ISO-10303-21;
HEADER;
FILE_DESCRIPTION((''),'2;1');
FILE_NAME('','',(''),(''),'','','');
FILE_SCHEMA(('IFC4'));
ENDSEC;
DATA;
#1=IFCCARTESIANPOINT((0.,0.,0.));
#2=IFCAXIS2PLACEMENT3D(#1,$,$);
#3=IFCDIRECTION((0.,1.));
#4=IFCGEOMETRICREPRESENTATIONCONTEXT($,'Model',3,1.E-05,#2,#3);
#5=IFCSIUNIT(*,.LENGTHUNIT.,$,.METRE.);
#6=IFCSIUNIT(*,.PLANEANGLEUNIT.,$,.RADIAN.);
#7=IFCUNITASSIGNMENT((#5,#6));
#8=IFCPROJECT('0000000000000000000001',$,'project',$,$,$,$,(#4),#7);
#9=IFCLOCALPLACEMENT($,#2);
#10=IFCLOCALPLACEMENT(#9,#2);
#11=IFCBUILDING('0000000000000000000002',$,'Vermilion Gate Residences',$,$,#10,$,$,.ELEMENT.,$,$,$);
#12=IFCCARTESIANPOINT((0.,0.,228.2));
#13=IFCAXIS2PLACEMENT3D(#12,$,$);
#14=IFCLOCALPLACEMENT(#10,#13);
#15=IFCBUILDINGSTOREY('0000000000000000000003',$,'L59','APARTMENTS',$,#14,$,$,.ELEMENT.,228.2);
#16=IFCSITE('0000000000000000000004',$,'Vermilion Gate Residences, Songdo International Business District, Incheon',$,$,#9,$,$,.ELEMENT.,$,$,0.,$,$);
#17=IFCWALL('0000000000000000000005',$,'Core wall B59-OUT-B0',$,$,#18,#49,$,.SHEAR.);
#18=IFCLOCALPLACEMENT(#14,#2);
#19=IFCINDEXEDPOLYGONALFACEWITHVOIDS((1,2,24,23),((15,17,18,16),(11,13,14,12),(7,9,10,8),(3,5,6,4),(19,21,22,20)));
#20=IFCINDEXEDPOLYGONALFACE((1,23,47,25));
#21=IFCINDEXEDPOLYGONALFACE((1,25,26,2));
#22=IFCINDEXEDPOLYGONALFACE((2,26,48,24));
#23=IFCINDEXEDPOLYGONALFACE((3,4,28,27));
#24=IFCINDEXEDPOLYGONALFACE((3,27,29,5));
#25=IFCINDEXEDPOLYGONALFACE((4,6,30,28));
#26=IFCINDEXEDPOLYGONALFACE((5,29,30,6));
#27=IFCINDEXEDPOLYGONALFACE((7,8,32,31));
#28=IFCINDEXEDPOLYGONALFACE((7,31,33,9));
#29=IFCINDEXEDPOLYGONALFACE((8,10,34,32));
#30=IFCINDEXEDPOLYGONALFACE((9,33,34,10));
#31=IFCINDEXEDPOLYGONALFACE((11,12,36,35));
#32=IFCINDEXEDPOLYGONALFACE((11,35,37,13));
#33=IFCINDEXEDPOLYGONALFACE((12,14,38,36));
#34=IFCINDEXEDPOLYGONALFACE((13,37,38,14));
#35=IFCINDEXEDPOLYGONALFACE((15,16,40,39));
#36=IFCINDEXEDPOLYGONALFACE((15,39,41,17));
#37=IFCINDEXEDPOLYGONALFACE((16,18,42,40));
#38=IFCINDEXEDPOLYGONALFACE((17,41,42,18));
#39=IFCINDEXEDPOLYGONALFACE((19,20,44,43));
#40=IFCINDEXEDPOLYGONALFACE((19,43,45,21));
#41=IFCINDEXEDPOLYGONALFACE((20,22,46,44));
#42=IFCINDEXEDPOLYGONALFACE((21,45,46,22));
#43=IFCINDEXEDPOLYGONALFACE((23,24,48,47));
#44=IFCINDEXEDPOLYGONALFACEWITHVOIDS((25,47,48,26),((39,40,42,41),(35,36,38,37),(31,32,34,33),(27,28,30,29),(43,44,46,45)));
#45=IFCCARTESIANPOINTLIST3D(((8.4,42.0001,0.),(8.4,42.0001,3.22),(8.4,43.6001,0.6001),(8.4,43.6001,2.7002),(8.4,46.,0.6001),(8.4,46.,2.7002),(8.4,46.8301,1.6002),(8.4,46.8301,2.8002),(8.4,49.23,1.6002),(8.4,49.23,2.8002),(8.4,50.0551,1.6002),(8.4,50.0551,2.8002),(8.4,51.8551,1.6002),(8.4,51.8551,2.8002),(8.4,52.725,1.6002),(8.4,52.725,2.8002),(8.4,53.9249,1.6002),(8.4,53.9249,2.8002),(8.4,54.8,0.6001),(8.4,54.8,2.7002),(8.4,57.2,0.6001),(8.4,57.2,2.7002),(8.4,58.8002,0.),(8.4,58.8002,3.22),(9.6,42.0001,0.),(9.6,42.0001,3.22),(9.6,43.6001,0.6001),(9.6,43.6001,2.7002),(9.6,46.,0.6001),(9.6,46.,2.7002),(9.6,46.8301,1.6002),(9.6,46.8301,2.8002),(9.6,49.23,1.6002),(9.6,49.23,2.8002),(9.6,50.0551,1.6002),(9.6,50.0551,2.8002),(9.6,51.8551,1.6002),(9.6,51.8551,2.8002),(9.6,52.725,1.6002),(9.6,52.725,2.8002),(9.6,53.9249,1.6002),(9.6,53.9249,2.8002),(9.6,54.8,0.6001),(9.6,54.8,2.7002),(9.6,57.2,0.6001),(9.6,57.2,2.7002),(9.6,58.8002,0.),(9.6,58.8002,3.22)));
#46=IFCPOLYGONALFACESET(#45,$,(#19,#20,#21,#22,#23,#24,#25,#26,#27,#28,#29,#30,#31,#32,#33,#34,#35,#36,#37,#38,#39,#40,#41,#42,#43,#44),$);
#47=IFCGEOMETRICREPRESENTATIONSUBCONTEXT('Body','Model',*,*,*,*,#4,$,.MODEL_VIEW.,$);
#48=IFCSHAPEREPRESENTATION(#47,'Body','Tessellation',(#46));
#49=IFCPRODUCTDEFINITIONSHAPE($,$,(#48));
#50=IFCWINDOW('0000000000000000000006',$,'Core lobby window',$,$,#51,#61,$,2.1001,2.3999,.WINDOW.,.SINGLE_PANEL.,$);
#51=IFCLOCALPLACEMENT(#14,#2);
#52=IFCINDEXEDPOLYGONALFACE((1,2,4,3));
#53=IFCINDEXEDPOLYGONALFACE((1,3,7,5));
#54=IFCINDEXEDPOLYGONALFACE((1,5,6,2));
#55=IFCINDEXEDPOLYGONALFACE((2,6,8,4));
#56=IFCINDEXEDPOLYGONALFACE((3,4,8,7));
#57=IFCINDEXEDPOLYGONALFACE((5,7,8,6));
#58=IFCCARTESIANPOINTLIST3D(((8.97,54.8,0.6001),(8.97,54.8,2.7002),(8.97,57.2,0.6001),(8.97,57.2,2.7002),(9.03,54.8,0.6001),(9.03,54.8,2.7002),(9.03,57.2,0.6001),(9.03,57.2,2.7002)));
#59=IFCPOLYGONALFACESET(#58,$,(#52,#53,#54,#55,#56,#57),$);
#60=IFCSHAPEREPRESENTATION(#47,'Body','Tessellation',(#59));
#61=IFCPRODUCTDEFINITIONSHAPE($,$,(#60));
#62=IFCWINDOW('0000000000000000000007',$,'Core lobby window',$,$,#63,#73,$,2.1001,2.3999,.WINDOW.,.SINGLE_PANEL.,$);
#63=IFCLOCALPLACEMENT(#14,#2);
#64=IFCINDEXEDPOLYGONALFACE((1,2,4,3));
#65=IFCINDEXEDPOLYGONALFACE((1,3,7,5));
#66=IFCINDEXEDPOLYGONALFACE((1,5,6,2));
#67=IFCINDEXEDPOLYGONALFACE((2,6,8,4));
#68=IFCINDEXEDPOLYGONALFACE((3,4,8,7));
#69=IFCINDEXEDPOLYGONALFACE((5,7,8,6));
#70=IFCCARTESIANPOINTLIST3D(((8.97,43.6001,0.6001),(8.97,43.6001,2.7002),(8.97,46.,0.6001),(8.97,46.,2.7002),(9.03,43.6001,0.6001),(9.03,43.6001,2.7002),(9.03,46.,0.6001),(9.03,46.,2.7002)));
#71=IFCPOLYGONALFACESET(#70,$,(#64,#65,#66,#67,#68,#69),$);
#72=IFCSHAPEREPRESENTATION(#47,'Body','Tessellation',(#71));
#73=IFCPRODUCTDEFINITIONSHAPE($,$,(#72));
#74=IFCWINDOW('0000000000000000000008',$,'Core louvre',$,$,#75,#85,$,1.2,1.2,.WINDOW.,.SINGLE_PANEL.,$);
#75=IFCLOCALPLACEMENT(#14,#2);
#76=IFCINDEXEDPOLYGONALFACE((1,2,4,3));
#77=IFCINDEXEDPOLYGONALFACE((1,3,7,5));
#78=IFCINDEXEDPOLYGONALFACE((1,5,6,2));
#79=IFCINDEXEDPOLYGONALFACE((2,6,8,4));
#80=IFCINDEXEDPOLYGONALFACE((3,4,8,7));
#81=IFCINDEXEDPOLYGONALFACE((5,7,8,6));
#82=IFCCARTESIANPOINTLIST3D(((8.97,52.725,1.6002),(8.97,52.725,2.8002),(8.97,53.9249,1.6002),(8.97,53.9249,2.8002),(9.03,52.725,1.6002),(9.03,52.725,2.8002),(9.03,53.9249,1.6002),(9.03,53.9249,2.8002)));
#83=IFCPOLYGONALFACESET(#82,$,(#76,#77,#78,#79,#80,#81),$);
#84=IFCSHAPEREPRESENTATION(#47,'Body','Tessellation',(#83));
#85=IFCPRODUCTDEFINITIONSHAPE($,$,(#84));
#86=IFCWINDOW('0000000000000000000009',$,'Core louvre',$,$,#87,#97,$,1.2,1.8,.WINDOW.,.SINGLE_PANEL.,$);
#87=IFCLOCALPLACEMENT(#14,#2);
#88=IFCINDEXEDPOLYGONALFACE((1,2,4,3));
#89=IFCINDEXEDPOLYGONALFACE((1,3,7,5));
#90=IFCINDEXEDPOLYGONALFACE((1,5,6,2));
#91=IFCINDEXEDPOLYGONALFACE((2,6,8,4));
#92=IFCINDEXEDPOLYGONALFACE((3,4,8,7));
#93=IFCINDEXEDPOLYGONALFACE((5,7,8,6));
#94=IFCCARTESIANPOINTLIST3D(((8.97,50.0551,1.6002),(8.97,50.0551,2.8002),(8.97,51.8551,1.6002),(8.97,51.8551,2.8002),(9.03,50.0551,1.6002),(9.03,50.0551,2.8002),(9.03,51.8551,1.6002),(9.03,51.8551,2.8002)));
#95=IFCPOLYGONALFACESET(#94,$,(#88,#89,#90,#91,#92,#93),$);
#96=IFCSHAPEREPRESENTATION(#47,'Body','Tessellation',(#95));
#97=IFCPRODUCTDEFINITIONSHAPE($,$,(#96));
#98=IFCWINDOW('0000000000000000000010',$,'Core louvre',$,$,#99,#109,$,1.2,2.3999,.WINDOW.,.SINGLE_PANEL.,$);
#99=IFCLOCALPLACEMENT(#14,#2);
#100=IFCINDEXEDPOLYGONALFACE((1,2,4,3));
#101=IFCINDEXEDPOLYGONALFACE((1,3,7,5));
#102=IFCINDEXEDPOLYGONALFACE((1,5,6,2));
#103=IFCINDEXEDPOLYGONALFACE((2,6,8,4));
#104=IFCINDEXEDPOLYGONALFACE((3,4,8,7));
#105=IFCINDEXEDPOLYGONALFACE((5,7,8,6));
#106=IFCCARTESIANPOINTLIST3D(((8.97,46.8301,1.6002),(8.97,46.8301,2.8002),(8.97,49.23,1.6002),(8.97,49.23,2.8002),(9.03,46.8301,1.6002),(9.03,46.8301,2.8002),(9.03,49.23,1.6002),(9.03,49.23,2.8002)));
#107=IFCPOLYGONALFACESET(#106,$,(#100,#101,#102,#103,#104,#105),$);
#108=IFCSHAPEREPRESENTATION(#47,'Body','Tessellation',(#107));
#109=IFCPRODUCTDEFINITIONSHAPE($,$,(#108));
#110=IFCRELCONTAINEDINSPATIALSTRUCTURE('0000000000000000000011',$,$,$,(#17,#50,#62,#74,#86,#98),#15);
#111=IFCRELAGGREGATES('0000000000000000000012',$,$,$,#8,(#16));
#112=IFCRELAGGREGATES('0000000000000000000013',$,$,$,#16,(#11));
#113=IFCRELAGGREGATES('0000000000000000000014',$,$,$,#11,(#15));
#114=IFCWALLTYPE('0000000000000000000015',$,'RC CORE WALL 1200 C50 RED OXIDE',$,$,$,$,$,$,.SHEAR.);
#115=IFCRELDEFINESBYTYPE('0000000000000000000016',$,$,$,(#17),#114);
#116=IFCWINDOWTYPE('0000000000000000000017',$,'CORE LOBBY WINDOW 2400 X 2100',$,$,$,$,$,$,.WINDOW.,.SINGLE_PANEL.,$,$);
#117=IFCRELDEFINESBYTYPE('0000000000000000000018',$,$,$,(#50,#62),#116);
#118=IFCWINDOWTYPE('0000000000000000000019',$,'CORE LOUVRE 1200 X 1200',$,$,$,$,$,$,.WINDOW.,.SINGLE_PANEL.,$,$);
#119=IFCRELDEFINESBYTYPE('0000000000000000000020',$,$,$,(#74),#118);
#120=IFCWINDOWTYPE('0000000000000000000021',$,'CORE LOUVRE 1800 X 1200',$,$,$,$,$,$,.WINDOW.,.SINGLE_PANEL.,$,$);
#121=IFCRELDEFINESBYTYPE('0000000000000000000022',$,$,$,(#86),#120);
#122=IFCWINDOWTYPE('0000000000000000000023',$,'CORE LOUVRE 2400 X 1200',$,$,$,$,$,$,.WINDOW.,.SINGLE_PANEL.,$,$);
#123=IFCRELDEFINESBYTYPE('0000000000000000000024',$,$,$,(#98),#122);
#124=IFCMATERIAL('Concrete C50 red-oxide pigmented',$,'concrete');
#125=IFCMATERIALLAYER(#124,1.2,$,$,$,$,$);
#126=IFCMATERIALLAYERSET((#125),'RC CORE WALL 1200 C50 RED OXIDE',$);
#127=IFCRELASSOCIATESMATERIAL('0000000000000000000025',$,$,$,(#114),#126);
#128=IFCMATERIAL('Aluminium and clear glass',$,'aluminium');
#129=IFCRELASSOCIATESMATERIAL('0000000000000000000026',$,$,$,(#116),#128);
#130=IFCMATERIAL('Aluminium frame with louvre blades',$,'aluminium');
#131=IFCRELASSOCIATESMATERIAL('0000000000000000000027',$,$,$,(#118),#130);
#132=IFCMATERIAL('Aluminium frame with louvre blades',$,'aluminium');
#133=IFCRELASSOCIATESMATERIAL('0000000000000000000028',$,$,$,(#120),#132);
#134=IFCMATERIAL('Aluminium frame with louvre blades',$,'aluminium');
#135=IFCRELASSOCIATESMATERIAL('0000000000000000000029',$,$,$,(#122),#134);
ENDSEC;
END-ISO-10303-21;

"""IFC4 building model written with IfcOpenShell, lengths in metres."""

from ifc_helpers import new_model, si_unit, direction, frame, frame_2d, origin, place, context, subcontext, project, spatial, rectangle, extrude, material, layer, layer_set, type_object, element, fill, save


model = new_model("IFC4")

# Units and contexts
model_context = context("Model", 3, precision=1e-05, world=origin(), true_north=direction((0.0, 1.0)))
body_context = subcontext(model_context, "Body", "Model", "MODEL_VIEW")
ifc_project = project(units=[si_unit("LENGTHUNIT", "METRE"), si_unit("PLANEANGLEUNIT", "RADIAN")], contexts=[model_context])

# Site, building, storey
site_placement = place(None, origin())
site = spatial("IfcSite", under=ifc_project, at=site_placement, Name="Vermilion Gate Residences, Songdo International Business District, Incheon", CompositionType="ELEMENT", RefElevation=0.0)
building_placement = place(site_placement, origin())
building = spatial("IfcBuilding", under=site, at=building_placement, Name="Vermilion Gate Residences", CompositionType="ELEMENT")
storey_placement = place(building_placement, frame((0.0, 0.0, 228.2)))
storey = spatial("IfcBuildingStorey", under=building, at=storey_placement, Name="L59", Description="APARTMENTS", CompositionType="ELEMENT", Elevation=228.2)

# Wall, openings, windows
ifc_material_1 = material(Name="Concrete C50 red-oxide pigmented", Category="concrete")
ifc_layer_1 = layer(ifc_material_1, 1.2)
ifc_layer_set_1 = layer_set([ifc_layer_1], Name="RC CORE WALL 1200 C50 RED OXIDE")
wall_type_1 = type_object("IfcWallType", Name="RC CORE WALL 1200 C50 RED OXIDE", PredefinedType="SHEAR", material=ifc_layer_set_1)
wall_1_placement = place(storey_placement, frame((9.0, 58.8, 0.0), z_axis=(0.0, 0.0, 1.0), x_axis=(0.0, -1.0, 0.0)))
wall_1 = element("IfcWall", 1, at=wall_1_placement, inside=storey, type_object=wall_type_1, Name="Core wall B59-OUT-B0", PredefinedType="SHEAR", context=body_context, shape_type="SweptSolid", body=[
    extrude(rectangle(XDim=16.8, YDim=1.2, at=frame_2d((8.3999, 0.0))), origin(), (0.0, 0.0, 1.0), 3.22),
])
opening_1_placement = place(wall_1_placement, frame((1.6001, 0.0, 0.6001)))
opening_1 = element("IfcOpeningElement", 2, at=opening_1_placement, cuts=wall_1, PredefinedType="OPENING", context=body_context, shape_type="SweptSolid", body=[
    extrude(rectangle(XDim=2.3999, YDim=2.1001, at=frame_2d((1.2, 1.05))), frame((0.0, 0.6099, 0.0), z_axis=(0.0, -1.0, 0.0), x_axis=(1.0, 0.0, 0.0)), (0.0, 0.0, 1.0), 1.22),
])
opening_2_placement = place(wall_1_placement, frame((4.875, 0.0, 1.6001)))
opening_2 = element("IfcOpeningElement", 3, at=opening_2_placement, cuts=wall_1, PredefinedType="OPENING", context=body_context, shape_type="SweptSolid", body=[
    extrude(rectangle(XDim=1.2, YDim=1.2, at=frame_2d((0.6001, 0.6001))), frame((0.0, 0.6099, 0.0), z_axis=(0.0, -1.0, 0.0), x_axis=(1.0, 0.0, 0.0)), (0.0, 0.0, 1.0), 1.22),
])
opening_3_placement = place(wall_1_placement, frame((6.9451, 0.0, 1.6001)))
opening_3 = element("IfcOpeningElement", 4, at=opening_3_placement, cuts=wall_1, PredefinedType="OPENING", context=body_context, shape_type="SweptSolid", body=[
    extrude(rectangle(XDim=1.8, YDim=1.2, at=frame_2d((0.8999, 0.6001))), frame((0.0, 0.6099, 0.0), z_axis=(0.0, -1.0, 0.0), x_axis=(1.0, 0.0, 0.0)), (0.0, 0.0, 1.0), 1.22),
])
opening_4_placement = place(wall_1_placement, frame((9.5701, 0.0, 1.6001)))
opening_4 = element("IfcOpeningElement", 5, at=opening_4_placement, cuts=wall_1, PredefinedType="OPENING", context=body_context, shape_type="SweptSolid", body=[
    extrude(rectangle(XDim=2.3999, YDim=1.2, at=frame_2d((1.2, 0.6001))), frame((0.0, 0.6099, 0.0), z_axis=(0.0, -1.0, 0.0), x_axis=(1.0, 0.0, 0.0)), (0.0, 0.0, 1.0), 1.22),
])
opening_5_placement = place(wall_1_placement, frame((12.8, 0.0, 0.6001)))
opening_5 = element("IfcOpeningElement", 6, at=opening_5_placement, cuts=wall_1, PredefinedType="OPENING", context=body_context, shape_type="SweptSolid", body=[
    extrude(rectangle(XDim=2.3999, YDim=2.1001, at=frame_2d((1.2, 1.05))), frame((0.0, 0.6099, 0.0), z_axis=(0.0, -1.0, 0.0), x_axis=(1.0, 0.0, 0.0)), (0.0, 0.0, 1.0), 1.22),
])
ifc_material_2 = material(Name="Aluminium and clear glass", Category="aluminium")
window_type_1 = type_object("IfcWindowType", Name="CORE LOBBY WINDOW 2400 X 2100", PartitioningType="SINGLE_PANEL", PredefinedType="WINDOW", material=ifc_material_2)
window_1_placement = place(opening_1_placement, origin())
window_1 = element("IfcWindow", 7, at=window_1_placement, inside=storey, type_object=window_type_1, Name="Core lobby window", OverallHeight=2.1001, OverallWidth=2.3999, PartitioningType="SINGLE_PANEL", PredefinedType="WINDOW", context=body_context, shape_type="SweptSolid", body=[
    extrude(rectangle(XDim=2.3999, YDim=2.1001, at=frame_2d((1.2, 1.05))), frame((0.0, 0.03, 0.0), z_axis=(0.0, -1.0, 0.0), x_axis=(1.0, 0.0, 0.0)), (0.0, 0.0, 1.0), 0.0601),
])
fill(opening_1, window_1)
window_2_placement = place(opening_5_placement, origin())
window_2 = element("IfcWindow", 8, at=window_2_placement, inside=storey, type_object=window_type_1, Name="Core lobby window", OverallHeight=2.1001, OverallWidth=2.3999, PartitioningType="SINGLE_PANEL", PredefinedType="WINDOW", context=body_context, shape_type="SweptSolid", body=[
    extrude(rectangle(XDim=2.3999, YDim=2.1001, at=frame_2d((1.2, 1.05))), frame((0.0, 0.03, 0.0), z_axis=(0.0, -1.0, 0.0), x_axis=(1.0, 0.0, 0.0)), (0.0, 0.0, 1.0), 0.0601),
])
fill(opening_5, window_2)
ifc_material_3 = material(Name="Aluminium frame with louvre blades", Category="aluminium")
window_type_2 = type_object("IfcWindowType", Name="CORE LOUVRE 1200 X 1200", PartitioningType="SINGLE_PANEL", PredefinedType="WINDOW", material=ifc_material_3)
window_3_placement = place(opening_2_placement, origin())
window_3 = element("IfcWindow", 9, at=window_3_placement, inside=storey, type_object=window_type_2, Name="Core louvre", OverallHeight=1.2, OverallWidth=1.2, PartitioningType="SINGLE_PANEL", PredefinedType="WINDOW", context=body_context, shape_type="SweptSolid", body=[
    extrude(rectangle(XDim=1.2, YDim=1.2, at=frame_2d((0.6001, 0.6001))), frame((0.0, 0.03, 0.0), z_axis=(0.0, -1.0, 0.0), x_axis=(1.0, 0.0, 0.0)), (0.0, 0.0, 1.0), 0.0601),
])
fill(opening_2, window_3)
ifc_material_4 = material(Name="Aluminium frame with louvre blades", Category="aluminium")
window_type_3 = type_object("IfcWindowType", Name="CORE LOUVRE 1800 X 1200", PartitioningType="SINGLE_PANEL", PredefinedType="WINDOW", material=ifc_material_4)
window_4_placement = place(opening_3_placement, origin())
window_4 = element("IfcWindow", 10, at=window_4_placement, inside=storey, type_object=window_type_3, Name="Core louvre", OverallHeight=1.2, OverallWidth=1.8, PartitioningType="SINGLE_PANEL", PredefinedType="WINDOW", context=body_context, shape_type="SweptSolid", body=[
    extrude(rectangle(XDim=1.8, YDim=1.2, at=frame_2d((0.8999, 0.6001))), frame((0.0, 0.03, 0.0), z_axis=(0.0, -1.0, 0.0), x_axis=(1.0, 0.0, 0.0)), (0.0, 0.0, 1.0), 0.0601),
])
fill(opening_3, window_4)
ifc_material_5 = material(Name="Aluminium frame with louvre blades", Category="aluminium")
window_type_4 = type_object("IfcWindowType", Name="CORE LOUVRE 2400 X 1200", PartitioningType="SINGLE_PANEL", PredefinedType="WINDOW", material=ifc_material_5)
window_5_placement = place(opening_4_placement, origin())
window_5 = element("IfcWindow", 11, at=window_5_placement, inside=storey, type_object=window_type_4, Name="Core louvre", OverallHeight=1.2, OverallWidth=2.3999, PartitioningType="SINGLE_PANEL", PredefinedType="WINDOW", context=body_context, shape_type="SweptSolid", body=[
    extrude(rectangle(XDim=2.3999, YDim=1.2, at=frame_2d((1.2, 0.6001))), frame((0.0, 0.03, 0.0), z_axis=(0.0, -1.0, 0.0), x_axis=(1.0, 0.0, 0.0)), (0.0, 0.0, 1.0), 0.0601),
])
fill(opening_4, window_5)

save(model, "model.ifc")
